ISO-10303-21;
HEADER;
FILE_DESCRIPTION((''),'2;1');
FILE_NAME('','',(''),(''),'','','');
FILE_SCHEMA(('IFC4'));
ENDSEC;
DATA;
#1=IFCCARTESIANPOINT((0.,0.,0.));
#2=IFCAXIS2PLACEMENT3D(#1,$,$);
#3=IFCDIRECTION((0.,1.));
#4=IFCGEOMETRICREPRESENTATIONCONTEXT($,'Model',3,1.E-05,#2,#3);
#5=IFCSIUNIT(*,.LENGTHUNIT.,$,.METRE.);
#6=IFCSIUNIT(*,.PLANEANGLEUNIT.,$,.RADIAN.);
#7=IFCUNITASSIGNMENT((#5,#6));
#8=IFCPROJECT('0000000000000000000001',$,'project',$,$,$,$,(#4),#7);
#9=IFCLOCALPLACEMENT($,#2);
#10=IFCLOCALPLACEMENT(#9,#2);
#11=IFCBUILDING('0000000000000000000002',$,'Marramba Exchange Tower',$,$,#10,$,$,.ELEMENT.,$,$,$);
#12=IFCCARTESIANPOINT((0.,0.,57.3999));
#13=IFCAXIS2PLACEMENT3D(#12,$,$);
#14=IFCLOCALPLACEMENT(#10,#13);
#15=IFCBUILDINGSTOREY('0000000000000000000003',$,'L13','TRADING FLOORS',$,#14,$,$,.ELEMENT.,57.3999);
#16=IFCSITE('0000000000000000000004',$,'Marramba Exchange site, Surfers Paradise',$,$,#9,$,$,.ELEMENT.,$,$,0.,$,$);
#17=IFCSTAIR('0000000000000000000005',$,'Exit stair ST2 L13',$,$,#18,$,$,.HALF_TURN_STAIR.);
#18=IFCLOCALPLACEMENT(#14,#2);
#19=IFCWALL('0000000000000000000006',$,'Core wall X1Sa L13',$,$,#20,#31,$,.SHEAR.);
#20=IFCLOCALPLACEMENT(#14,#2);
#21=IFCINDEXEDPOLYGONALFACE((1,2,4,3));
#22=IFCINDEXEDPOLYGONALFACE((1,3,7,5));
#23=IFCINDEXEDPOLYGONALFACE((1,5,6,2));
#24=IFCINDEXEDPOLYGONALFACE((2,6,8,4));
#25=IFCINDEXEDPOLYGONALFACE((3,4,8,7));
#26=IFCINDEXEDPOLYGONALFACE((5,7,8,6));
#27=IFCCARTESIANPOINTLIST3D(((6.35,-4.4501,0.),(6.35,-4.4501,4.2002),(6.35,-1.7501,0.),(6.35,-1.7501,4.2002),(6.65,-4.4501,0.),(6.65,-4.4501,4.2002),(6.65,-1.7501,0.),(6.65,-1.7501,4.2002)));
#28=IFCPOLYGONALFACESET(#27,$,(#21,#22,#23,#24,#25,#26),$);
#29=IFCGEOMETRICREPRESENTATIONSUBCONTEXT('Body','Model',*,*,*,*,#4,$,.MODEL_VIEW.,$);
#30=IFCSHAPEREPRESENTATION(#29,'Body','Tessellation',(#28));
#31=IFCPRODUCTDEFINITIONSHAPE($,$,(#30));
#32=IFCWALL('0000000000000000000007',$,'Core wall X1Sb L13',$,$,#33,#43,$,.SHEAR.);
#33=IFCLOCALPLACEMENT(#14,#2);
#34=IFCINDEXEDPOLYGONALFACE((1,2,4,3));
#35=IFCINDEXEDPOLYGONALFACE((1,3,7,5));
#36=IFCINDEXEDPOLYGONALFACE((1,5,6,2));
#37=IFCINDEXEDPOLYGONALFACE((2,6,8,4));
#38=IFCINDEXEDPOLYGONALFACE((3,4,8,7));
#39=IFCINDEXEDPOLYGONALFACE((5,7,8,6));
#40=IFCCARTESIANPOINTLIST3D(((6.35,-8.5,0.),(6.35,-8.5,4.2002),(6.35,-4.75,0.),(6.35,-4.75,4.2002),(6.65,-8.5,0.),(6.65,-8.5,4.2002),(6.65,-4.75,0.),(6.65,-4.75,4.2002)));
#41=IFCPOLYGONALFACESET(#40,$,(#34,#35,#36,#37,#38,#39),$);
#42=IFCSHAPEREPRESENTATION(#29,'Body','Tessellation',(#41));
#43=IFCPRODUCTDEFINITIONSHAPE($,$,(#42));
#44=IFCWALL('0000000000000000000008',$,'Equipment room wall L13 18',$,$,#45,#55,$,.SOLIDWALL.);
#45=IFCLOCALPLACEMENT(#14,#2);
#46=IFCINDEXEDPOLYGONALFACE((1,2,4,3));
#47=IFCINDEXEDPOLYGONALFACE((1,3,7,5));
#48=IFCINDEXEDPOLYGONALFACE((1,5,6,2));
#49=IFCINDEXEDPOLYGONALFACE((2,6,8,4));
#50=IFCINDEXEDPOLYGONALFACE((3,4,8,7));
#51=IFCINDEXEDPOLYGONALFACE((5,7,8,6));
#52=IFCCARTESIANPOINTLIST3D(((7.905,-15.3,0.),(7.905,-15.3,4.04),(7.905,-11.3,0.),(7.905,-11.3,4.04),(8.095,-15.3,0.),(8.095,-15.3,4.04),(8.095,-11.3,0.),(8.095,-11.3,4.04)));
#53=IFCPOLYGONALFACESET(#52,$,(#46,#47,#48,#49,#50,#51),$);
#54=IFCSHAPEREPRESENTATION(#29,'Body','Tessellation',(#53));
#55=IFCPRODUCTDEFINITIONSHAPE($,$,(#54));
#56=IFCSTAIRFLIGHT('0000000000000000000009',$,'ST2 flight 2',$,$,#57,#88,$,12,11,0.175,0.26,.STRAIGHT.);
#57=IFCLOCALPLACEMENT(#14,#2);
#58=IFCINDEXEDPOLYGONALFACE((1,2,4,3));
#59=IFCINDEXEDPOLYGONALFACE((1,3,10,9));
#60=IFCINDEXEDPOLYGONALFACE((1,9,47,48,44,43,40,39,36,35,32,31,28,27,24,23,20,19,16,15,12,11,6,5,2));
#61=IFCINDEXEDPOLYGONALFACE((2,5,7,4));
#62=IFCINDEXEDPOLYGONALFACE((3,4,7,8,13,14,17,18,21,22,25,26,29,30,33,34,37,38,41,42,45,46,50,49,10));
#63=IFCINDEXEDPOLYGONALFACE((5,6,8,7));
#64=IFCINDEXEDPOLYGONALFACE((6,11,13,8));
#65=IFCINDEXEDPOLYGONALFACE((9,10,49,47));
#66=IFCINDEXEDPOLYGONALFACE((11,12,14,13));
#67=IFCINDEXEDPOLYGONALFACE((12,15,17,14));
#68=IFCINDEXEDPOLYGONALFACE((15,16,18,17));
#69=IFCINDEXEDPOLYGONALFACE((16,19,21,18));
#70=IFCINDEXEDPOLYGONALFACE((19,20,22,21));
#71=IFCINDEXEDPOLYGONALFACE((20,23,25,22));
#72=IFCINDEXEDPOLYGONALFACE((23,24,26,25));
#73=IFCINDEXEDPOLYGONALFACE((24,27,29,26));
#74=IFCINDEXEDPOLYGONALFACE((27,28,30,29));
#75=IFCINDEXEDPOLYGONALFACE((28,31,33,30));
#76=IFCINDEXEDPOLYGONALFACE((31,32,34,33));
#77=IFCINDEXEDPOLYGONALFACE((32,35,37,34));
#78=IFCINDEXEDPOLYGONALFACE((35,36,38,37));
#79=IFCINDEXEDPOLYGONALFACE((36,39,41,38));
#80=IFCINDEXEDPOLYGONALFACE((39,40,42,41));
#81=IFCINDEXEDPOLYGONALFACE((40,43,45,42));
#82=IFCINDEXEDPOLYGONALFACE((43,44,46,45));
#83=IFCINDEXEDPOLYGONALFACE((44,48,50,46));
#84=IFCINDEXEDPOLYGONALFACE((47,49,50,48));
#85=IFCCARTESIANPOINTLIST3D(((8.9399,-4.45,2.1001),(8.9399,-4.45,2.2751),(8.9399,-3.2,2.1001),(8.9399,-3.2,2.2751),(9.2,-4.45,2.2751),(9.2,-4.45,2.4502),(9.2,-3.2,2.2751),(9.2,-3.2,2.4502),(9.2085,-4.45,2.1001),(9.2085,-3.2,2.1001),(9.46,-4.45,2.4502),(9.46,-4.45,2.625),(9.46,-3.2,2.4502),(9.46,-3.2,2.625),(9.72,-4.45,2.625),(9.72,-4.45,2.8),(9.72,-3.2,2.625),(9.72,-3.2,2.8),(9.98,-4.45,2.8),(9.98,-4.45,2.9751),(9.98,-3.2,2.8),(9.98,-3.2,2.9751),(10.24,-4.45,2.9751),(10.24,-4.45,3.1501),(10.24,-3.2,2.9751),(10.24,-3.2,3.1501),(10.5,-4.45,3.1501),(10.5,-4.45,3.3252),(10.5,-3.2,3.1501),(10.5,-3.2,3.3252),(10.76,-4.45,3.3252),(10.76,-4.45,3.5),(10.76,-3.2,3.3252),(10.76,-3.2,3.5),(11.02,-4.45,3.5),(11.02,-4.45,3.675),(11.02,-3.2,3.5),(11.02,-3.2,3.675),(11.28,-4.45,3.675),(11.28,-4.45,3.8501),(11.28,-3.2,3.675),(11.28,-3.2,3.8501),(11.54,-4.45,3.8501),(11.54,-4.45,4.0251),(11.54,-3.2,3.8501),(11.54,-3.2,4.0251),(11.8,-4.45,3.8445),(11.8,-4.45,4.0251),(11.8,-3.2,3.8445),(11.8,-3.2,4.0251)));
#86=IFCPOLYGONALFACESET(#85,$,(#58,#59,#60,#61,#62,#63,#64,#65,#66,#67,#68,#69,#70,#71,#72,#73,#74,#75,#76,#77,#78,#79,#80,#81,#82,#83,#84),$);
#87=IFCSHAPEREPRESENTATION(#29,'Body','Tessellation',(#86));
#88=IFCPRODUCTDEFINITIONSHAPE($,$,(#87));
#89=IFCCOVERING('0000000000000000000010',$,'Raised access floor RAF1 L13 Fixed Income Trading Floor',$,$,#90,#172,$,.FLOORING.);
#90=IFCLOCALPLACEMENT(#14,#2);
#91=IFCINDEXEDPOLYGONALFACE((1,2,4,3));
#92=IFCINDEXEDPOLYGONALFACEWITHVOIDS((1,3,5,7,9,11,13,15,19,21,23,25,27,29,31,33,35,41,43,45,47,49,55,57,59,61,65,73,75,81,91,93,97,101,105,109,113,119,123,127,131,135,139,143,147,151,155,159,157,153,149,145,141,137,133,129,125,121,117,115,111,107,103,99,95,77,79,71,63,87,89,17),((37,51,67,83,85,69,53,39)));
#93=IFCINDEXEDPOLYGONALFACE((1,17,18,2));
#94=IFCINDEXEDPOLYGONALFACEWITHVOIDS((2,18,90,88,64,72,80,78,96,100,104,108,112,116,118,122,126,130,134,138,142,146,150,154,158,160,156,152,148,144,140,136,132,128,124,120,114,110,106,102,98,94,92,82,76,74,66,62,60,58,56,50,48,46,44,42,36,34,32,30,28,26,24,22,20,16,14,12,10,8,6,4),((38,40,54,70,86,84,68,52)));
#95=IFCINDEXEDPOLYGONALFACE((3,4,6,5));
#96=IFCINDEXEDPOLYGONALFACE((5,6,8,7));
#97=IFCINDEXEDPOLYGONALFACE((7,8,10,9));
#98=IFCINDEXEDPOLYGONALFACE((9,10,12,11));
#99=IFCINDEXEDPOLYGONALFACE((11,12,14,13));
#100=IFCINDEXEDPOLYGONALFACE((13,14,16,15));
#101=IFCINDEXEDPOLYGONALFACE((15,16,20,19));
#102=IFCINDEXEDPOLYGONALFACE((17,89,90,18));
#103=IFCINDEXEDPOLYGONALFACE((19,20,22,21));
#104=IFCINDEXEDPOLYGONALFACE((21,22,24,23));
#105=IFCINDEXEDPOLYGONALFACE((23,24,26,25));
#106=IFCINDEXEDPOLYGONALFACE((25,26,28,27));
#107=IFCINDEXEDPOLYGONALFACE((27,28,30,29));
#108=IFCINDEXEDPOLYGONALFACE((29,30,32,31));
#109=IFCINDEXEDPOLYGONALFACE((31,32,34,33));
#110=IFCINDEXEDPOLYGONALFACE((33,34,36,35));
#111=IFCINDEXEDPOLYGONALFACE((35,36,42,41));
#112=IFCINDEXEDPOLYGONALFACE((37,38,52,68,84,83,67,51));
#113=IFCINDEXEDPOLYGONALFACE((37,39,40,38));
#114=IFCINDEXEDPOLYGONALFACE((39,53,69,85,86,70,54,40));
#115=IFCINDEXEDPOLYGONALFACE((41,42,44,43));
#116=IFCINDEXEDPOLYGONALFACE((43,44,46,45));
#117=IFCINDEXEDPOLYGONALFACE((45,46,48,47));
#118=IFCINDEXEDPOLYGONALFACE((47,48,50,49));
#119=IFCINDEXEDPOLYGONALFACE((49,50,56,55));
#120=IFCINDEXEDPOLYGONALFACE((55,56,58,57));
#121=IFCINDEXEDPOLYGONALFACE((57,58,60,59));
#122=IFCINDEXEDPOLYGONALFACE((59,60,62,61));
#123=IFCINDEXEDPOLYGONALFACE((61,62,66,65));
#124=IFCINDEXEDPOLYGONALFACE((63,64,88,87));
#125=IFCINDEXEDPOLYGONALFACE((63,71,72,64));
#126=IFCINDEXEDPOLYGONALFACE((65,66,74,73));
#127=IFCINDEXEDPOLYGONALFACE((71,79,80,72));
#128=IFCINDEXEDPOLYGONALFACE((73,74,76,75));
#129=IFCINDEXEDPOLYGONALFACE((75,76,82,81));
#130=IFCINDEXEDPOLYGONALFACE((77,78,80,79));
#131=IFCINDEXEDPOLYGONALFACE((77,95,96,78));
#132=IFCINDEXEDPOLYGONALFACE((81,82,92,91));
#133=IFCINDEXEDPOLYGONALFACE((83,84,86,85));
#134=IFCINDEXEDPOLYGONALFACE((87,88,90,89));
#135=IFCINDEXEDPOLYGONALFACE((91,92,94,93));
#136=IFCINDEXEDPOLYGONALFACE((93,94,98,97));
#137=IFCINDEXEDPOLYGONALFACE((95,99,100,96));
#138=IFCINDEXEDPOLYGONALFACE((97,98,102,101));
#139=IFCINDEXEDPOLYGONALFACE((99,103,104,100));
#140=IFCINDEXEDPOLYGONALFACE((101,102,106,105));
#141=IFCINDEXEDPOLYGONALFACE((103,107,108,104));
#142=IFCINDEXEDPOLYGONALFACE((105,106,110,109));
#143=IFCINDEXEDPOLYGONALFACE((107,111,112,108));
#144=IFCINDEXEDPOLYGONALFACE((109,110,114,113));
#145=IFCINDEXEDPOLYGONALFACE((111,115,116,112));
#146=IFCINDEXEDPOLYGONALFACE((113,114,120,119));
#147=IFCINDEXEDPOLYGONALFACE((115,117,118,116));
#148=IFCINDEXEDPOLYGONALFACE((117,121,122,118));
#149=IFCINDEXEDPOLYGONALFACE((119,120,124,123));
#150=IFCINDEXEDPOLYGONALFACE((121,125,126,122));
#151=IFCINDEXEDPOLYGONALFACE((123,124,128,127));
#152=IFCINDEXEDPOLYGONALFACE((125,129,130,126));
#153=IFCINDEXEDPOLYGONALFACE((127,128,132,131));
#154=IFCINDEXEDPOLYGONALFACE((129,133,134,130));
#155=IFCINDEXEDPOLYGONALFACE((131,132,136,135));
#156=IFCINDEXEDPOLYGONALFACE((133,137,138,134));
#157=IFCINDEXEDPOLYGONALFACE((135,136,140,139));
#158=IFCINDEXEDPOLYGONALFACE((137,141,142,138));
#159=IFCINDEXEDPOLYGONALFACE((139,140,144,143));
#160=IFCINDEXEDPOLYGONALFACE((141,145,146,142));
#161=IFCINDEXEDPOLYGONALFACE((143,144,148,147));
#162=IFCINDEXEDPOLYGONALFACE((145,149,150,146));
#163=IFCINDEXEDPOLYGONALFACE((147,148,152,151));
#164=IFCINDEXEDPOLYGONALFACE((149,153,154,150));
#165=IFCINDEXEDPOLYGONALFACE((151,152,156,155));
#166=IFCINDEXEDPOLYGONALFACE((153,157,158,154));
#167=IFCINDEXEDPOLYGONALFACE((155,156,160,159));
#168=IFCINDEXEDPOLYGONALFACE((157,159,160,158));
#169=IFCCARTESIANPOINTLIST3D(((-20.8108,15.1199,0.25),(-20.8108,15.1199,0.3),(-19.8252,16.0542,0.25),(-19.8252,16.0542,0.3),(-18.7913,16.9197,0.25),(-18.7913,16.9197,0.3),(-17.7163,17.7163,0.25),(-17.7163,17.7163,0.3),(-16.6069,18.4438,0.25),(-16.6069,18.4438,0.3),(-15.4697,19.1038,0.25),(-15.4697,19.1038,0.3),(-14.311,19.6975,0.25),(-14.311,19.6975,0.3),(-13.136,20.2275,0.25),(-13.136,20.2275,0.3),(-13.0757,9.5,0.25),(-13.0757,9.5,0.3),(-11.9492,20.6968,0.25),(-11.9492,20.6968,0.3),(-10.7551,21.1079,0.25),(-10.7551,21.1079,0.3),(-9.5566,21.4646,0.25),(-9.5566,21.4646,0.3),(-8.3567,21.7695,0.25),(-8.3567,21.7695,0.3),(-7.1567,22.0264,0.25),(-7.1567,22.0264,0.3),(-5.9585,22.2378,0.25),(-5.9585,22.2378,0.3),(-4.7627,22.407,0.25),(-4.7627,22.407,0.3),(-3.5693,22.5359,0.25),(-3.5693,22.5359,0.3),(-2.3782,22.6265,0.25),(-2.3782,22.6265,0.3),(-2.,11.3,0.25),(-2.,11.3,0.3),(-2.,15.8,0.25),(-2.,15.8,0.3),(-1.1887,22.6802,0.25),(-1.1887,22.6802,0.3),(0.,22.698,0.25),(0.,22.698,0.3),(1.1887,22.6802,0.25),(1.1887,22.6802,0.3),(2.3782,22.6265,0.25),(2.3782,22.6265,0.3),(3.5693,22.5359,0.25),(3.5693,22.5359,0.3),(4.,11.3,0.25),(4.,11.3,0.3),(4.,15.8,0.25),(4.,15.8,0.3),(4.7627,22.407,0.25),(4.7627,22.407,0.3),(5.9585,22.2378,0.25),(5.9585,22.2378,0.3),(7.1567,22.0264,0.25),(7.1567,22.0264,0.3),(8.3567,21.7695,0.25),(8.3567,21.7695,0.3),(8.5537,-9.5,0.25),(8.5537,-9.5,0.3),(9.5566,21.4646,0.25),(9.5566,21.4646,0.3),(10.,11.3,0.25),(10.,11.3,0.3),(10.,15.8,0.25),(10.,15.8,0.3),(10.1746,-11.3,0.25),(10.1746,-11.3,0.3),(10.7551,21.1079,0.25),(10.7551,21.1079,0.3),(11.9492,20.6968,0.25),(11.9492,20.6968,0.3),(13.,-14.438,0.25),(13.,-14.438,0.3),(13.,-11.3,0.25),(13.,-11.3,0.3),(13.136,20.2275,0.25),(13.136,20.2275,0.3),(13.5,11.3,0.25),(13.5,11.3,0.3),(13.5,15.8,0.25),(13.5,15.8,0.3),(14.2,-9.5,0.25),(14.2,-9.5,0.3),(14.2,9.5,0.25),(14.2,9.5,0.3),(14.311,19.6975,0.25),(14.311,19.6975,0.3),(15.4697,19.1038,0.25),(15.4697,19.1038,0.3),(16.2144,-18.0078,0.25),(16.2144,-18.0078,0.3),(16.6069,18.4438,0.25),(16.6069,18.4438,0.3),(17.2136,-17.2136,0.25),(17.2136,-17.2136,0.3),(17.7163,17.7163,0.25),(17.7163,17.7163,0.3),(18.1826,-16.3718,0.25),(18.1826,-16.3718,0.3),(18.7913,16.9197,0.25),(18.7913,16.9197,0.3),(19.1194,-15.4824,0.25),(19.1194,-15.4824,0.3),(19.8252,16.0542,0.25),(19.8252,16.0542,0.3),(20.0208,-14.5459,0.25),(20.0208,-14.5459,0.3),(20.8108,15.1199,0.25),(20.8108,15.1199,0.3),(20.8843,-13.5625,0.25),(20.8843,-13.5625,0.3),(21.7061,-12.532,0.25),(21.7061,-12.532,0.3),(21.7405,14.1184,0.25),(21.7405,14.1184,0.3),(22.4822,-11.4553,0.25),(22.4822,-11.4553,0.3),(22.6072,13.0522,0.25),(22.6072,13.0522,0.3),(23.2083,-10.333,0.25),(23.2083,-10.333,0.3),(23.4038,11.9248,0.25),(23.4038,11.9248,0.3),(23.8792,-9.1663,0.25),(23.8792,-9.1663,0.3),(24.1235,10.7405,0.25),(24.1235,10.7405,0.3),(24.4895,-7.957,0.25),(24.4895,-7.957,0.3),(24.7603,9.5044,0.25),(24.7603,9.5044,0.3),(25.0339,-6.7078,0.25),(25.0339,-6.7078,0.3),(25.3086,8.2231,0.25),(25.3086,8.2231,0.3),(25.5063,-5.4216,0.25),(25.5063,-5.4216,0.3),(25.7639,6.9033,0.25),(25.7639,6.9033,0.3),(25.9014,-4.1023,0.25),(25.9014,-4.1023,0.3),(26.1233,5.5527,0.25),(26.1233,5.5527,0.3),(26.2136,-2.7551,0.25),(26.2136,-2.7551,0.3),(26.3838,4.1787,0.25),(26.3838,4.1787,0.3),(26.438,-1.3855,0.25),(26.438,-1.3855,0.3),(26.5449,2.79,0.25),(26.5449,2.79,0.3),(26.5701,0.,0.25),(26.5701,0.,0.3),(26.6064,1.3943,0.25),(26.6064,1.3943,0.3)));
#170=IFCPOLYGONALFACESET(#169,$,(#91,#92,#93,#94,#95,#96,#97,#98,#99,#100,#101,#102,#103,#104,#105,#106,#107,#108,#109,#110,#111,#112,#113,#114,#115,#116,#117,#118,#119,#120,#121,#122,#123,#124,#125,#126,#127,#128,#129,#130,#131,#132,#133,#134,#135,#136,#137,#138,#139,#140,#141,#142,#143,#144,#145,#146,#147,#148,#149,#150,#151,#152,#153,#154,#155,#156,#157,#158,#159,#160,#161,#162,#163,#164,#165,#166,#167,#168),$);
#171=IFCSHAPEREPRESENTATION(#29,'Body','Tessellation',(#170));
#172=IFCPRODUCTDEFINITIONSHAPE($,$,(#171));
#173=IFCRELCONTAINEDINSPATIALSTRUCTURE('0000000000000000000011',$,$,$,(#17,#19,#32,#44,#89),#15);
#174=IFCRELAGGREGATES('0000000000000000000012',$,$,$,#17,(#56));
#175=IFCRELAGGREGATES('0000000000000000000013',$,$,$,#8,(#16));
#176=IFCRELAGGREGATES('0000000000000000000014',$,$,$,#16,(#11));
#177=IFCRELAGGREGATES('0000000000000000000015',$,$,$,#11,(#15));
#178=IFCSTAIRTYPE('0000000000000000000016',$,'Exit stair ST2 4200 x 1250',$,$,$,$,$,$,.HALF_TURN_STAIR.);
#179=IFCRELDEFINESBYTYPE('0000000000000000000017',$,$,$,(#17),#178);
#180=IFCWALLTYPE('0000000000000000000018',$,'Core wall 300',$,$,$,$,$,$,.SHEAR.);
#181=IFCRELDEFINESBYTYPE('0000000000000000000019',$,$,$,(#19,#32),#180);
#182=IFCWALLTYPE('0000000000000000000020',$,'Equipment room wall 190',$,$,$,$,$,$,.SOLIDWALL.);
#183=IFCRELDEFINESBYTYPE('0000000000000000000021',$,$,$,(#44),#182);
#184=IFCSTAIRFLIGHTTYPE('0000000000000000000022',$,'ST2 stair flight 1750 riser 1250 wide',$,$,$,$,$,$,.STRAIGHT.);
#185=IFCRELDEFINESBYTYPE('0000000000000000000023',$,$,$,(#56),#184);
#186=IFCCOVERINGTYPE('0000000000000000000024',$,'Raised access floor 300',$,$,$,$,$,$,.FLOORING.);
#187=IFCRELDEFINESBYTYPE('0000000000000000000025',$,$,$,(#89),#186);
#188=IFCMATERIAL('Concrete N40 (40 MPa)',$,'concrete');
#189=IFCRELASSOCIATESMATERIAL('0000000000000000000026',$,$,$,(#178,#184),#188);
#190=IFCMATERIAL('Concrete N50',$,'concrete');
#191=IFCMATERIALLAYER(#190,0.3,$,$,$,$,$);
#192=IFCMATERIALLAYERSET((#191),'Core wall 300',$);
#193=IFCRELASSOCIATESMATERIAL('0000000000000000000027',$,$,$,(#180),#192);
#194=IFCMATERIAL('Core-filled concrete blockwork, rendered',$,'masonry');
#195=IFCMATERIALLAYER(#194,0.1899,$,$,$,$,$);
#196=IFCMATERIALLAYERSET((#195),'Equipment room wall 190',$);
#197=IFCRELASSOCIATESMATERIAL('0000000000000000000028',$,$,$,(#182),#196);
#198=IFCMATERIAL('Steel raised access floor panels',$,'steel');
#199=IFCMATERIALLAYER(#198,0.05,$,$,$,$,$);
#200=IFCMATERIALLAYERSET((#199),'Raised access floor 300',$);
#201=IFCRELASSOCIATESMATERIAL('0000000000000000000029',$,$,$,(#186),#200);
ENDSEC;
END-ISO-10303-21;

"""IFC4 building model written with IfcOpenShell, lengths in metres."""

from ifc_helpers import new_model, si_unit, direction, frame, frame_2d, origin, place, context, subcontext, project, spatial, polyline, rectangle, outline, extrude, material, layer, layer_set, type_object, element, aggregate, save


model = new_model("IFC4")

# Units and contexts
model_context = context("Model", 3, precision=1e-05, world=origin(), true_north=direction((0.0, 1.0)))
body_context = subcontext(model_context, "Body", "Model", "MODEL_VIEW")
ifc_project = project(units=[si_unit("LENGTHUNIT", "METRE"), si_unit("PLANEANGLEUNIT", "RADIAN")], contexts=[model_context])

# Site, building, storey
site_placement = place(None, origin())
site = spatial("IfcSite", under=ifc_project, at=site_placement, Name="Marramba Exchange site, Surfers Paradise", CompositionType="ELEMENT", RefElevation=0.0)
building_placement = place(site_placement, origin())
building = spatial("IfcBuilding", under=site, at=building_placement, Name="Marramba Exchange Tower", CompositionType="ELEMENT")
storey_placement = place(building_placement, frame((0.0, 0.0, 57.3999)))
storey = spatial("IfcBuildingStorey", under=building, at=storey_placement, Name="L13", Description="TRADING FLOORS", CompositionType="ELEMENT", Elevation=57.3999)

# Stair
ifc_material_1 = material(Name="Concrete N40 (40 MPa)", Category="concrete")
stair_type = type_object("IfcStairType", Name="Exit stair ST2 4200 x 1250", PredefinedType="HALF_TURN_STAIR", material=ifc_material_1)
stair_placement = place(storey_placement, origin())
stair = element("IfcStair", 1, at=stair_placement, inside=storey, type_object=stair_type, Name="Exit stair ST2 L13", PredefinedType="HALF_TURN_STAIR")

# Walls
ifc_material_2 = material(Name="Concrete N50", Category="concrete")
ifc_layer_1 = layer(ifc_material_2, 0.3)
ifc_layer_set_1 = layer_set([ifc_layer_1], Name="Core wall 300")
wall_type_1 = type_object("IfcWallType", Name="Core wall 300", PredefinedType="SHEAR", material=ifc_layer_set_1)
wall_1_placement = place(storey_placement, frame((6.5, -1.75, 0.0), z_axis=(0.0, 0.0, 1.0), x_axis=(0.0, -1.0, 0.0)))
element("IfcWall", 2, at=wall_1_placement, inside=storey, type_object=wall_type_1, Name="Core wall X1Sa L13", PredefinedType="SHEAR", context=body_context, shape_type="SweptSolid", body=[
    extrude(rectangle(XDim=2.7, YDim=0.3, at=frame_2d((1.3501, 0.0))), origin(), (0.0, 0.0, 1.0), 4.2002),
])
wall_2_placement = place(storey_placement, frame((6.5, -4.75, 0.0), z_axis=(0.0, 0.0, 1.0), x_axis=(0.0, -1.0, 0.0)))
element("IfcWall", 3, at=wall_2_placement, inside=storey, type_object=wall_type_1, Name="Core wall X1Sb L13", PredefinedType="SHEAR", context=body_context, shape_type="SweptSolid", body=[
    extrude(rectangle(XDim=3.75, YDim=0.3, at=frame_2d((1.875, 0.0))), origin(), (0.0, 0.0, 1.0), 4.2002),
])
ifc_material_3 = material(Name="Core-filled concrete blockwork, rendered", Category="masonry")
ifc_layer_2 = layer(ifc_material_3, 0.1899)
ifc_layer_set_2 = layer_set([ifc_layer_2], Name="Equipment room wall 190")
wall_type_2 = type_object("IfcWallType", Name="Equipment room wall 190", PredefinedType="SOLIDWALL", material=ifc_layer_set_2)
wall_3_placement = place(storey_placement, frame((8.0, -11.3, 0.0), z_axis=(0.0, 0.0, 1.0), x_axis=(0.0, -1.0, 0.0)))
element("IfcWall", 4, at=wall_3_placement, inside=storey, type_object=wall_type_2, Name="Equipment room wall L13 18", PredefinedType="SOLIDWALL", context=body_context, shape_type="SweptSolid", body=[
    extrude(rectangle(XDim=4.0, YDim=0.1899, at=frame_2d((2.0, 0.0))), origin(), (0.0, 0.0, 1.0), 4.04),
])

# Stair flight
stair_flight_type = type_object("IfcStairFlightType", Name="ST2 stair flight 1750 riser 1250 wide", PredefinedType="STRAIGHT", material=ifc_material_1)
stair_flight_placement = place(storey_placement, frame((8.9399, -3.825, 2.1001), z_axis=(0.0, 0.0, 1.0), x_axis=(1.0, 0.0, 0.0)))
stair_flight = element("IfcStairFlight", 5, at=stair_flight_placement, type_object=stair_flight_type, Name="ST2 flight 2", NumberOfRisers=12, NumberOfTreads=11, PredefinedType="STRAIGHT", RiserHeight=0.175, TreadLength=0.26, context=body_context, shape_type="SweptSolid", body=[
    extrude(outline(polyline([(0.0, 0.0), (0.0, 0.175), (0.26, 0.175), (0.26, 0.3501), (0.52, 0.3501), (0.52, 0.5249), (0.78, 0.5249), (0.78, 0.7), (1.04, 0.7), (1.04, 0.875), (1.3, 0.875), (1.3, 1.05), (1.5601, 1.05), (1.5601, 1.2251), (1.8201, 1.2251), (1.8201, 1.3999), (2.0801, 1.3999), (2.0801, 1.575), (2.3401, 1.575), (2.3401, 1.75), (2.6001, 1.75), (2.6001, 1.925), (2.8601, 1.925), (2.8601, 2.1001), (2.8601, 1.7444), (0.2686, 0.0), (0.0, 0.0)])), frame((0.0, 0.625, 0.0), z_axis=(0.0, -1.0, 0.0), x_axis=(1.0, 0.0, 0.0)), (0.0, 0.0, 1.0), 1.25),
])
aggregate(stair, [stair_flight])

# Covering
ifc_material_4 = material(Name="Steel raised access floor panels", Category="steel")
ifc_layer_3 = layer(ifc_material_4, 0.05)
ifc_layer_set_3 = layer_set([ifc_layer_3], Name="Raised access floor 300")
covering_type_1 = type_object("IfcCoveringType", Name="Raised access floor 300", PredefinedType="FLOORING", material=ifc_layer_set_3)
covering_1_placement = place(storey_placement, frame((0.0, 0.0, 0.25)))
element("IfcCovering", 6, at=covering_1_placement, inside=storey, type_object=covering_type_1, Name="Raised access floor RAF1 L13 Fixed Income Trading Floor", PredefinedType="FLOORING", context=body_context, shape_type="SweptSolid", body=[
    extrude(outline(polyline([(14.2, 9.5), (-13.0757, 9.5), (-20.8108, 15.1199), (-19.8252, 16.0542), (-18.7913, 16.9197), (-17.7163, 17.7163), (-16.6069, 18.4438), (-15.4697, 19.1038), (-14.311, 19.6975), (-13.136, 20.2275), (-11.9492, 20.6968), (-10.7551, 21.1079), (-9.5566, 21.4646), (-8.3567, 21.7695), (-7.1567, 22.0264), (-5.9585, 22.2378), (-4.7627, 22.407), (-3.5693, 22.5359), (-2.3782, 22.6265), (-1.1887, 22.6802), (0.0, 22.698), (1.1887, 22.6802), (2.3782, 22.6265), (3.5693, 22.5359), (4.7627, 22.407), (5.9585, 22.2378), (7.1567, 22.0264), (8.3567, 21.7695), (9.5566, 21.4646), (10.7551, 21.1079), (11.9492, 20.6968), (13.136, 20.2275), (14.311, 19.6975), (15.4697, 19.1038), (16.6069, 18.4438), (17.7163, 17.7163), (18.7913, 16.9197), (19.8252, 16.0542), (20.8108, 15.1199), (21.7405, 14.1184), (22.6072, 13.0522), (23.4038, 11.9248), (24.1235, 10.7405), (24.7603, 9.5044), (25.3086, 8.2231), (25.7639, 6.9033), (26.1233, 5.5527), (26.3838, 4.1787), (26.5449, 2.79), (26.6064, 1.3943), (26.5701, 0.0), (26.438, -1.3855), (26.2136, -2.7551), (25.9014, -4.1023), (25.5063, -5.4216), (25.0339, -6.7078), (24.4895, -7.957), (23.8792, -9.1663), (23.2083, -10.333), (22.4822, -11.4553), (21.7061, -12.532), (20.8843, -13.5625), (20.0208, -14.5459), (19.1194, -15.4824), (18.1826, -16.3718), (17.2136, -17.2136), (16.2144, -18.0078), (13.0, -14.438), (13.0, -11.3), (10.1746, -11.3), (8.5537, -9.5), (14.2, -9.5), (14.2, 9.5)]), holes=[polyline([(-2.0, 11.3), (4.0, 11.3), (10.0, 11.3), (13.5, 11.3), (13.5, 15.8), (10.0, 15.8), (4.0, 15.8), (-2.0, 15.8), (-2.0, 11.3)])]), origin(), (0.0, 0.0, 1.0), 0.05),
])

save(model, "model.ifc")
